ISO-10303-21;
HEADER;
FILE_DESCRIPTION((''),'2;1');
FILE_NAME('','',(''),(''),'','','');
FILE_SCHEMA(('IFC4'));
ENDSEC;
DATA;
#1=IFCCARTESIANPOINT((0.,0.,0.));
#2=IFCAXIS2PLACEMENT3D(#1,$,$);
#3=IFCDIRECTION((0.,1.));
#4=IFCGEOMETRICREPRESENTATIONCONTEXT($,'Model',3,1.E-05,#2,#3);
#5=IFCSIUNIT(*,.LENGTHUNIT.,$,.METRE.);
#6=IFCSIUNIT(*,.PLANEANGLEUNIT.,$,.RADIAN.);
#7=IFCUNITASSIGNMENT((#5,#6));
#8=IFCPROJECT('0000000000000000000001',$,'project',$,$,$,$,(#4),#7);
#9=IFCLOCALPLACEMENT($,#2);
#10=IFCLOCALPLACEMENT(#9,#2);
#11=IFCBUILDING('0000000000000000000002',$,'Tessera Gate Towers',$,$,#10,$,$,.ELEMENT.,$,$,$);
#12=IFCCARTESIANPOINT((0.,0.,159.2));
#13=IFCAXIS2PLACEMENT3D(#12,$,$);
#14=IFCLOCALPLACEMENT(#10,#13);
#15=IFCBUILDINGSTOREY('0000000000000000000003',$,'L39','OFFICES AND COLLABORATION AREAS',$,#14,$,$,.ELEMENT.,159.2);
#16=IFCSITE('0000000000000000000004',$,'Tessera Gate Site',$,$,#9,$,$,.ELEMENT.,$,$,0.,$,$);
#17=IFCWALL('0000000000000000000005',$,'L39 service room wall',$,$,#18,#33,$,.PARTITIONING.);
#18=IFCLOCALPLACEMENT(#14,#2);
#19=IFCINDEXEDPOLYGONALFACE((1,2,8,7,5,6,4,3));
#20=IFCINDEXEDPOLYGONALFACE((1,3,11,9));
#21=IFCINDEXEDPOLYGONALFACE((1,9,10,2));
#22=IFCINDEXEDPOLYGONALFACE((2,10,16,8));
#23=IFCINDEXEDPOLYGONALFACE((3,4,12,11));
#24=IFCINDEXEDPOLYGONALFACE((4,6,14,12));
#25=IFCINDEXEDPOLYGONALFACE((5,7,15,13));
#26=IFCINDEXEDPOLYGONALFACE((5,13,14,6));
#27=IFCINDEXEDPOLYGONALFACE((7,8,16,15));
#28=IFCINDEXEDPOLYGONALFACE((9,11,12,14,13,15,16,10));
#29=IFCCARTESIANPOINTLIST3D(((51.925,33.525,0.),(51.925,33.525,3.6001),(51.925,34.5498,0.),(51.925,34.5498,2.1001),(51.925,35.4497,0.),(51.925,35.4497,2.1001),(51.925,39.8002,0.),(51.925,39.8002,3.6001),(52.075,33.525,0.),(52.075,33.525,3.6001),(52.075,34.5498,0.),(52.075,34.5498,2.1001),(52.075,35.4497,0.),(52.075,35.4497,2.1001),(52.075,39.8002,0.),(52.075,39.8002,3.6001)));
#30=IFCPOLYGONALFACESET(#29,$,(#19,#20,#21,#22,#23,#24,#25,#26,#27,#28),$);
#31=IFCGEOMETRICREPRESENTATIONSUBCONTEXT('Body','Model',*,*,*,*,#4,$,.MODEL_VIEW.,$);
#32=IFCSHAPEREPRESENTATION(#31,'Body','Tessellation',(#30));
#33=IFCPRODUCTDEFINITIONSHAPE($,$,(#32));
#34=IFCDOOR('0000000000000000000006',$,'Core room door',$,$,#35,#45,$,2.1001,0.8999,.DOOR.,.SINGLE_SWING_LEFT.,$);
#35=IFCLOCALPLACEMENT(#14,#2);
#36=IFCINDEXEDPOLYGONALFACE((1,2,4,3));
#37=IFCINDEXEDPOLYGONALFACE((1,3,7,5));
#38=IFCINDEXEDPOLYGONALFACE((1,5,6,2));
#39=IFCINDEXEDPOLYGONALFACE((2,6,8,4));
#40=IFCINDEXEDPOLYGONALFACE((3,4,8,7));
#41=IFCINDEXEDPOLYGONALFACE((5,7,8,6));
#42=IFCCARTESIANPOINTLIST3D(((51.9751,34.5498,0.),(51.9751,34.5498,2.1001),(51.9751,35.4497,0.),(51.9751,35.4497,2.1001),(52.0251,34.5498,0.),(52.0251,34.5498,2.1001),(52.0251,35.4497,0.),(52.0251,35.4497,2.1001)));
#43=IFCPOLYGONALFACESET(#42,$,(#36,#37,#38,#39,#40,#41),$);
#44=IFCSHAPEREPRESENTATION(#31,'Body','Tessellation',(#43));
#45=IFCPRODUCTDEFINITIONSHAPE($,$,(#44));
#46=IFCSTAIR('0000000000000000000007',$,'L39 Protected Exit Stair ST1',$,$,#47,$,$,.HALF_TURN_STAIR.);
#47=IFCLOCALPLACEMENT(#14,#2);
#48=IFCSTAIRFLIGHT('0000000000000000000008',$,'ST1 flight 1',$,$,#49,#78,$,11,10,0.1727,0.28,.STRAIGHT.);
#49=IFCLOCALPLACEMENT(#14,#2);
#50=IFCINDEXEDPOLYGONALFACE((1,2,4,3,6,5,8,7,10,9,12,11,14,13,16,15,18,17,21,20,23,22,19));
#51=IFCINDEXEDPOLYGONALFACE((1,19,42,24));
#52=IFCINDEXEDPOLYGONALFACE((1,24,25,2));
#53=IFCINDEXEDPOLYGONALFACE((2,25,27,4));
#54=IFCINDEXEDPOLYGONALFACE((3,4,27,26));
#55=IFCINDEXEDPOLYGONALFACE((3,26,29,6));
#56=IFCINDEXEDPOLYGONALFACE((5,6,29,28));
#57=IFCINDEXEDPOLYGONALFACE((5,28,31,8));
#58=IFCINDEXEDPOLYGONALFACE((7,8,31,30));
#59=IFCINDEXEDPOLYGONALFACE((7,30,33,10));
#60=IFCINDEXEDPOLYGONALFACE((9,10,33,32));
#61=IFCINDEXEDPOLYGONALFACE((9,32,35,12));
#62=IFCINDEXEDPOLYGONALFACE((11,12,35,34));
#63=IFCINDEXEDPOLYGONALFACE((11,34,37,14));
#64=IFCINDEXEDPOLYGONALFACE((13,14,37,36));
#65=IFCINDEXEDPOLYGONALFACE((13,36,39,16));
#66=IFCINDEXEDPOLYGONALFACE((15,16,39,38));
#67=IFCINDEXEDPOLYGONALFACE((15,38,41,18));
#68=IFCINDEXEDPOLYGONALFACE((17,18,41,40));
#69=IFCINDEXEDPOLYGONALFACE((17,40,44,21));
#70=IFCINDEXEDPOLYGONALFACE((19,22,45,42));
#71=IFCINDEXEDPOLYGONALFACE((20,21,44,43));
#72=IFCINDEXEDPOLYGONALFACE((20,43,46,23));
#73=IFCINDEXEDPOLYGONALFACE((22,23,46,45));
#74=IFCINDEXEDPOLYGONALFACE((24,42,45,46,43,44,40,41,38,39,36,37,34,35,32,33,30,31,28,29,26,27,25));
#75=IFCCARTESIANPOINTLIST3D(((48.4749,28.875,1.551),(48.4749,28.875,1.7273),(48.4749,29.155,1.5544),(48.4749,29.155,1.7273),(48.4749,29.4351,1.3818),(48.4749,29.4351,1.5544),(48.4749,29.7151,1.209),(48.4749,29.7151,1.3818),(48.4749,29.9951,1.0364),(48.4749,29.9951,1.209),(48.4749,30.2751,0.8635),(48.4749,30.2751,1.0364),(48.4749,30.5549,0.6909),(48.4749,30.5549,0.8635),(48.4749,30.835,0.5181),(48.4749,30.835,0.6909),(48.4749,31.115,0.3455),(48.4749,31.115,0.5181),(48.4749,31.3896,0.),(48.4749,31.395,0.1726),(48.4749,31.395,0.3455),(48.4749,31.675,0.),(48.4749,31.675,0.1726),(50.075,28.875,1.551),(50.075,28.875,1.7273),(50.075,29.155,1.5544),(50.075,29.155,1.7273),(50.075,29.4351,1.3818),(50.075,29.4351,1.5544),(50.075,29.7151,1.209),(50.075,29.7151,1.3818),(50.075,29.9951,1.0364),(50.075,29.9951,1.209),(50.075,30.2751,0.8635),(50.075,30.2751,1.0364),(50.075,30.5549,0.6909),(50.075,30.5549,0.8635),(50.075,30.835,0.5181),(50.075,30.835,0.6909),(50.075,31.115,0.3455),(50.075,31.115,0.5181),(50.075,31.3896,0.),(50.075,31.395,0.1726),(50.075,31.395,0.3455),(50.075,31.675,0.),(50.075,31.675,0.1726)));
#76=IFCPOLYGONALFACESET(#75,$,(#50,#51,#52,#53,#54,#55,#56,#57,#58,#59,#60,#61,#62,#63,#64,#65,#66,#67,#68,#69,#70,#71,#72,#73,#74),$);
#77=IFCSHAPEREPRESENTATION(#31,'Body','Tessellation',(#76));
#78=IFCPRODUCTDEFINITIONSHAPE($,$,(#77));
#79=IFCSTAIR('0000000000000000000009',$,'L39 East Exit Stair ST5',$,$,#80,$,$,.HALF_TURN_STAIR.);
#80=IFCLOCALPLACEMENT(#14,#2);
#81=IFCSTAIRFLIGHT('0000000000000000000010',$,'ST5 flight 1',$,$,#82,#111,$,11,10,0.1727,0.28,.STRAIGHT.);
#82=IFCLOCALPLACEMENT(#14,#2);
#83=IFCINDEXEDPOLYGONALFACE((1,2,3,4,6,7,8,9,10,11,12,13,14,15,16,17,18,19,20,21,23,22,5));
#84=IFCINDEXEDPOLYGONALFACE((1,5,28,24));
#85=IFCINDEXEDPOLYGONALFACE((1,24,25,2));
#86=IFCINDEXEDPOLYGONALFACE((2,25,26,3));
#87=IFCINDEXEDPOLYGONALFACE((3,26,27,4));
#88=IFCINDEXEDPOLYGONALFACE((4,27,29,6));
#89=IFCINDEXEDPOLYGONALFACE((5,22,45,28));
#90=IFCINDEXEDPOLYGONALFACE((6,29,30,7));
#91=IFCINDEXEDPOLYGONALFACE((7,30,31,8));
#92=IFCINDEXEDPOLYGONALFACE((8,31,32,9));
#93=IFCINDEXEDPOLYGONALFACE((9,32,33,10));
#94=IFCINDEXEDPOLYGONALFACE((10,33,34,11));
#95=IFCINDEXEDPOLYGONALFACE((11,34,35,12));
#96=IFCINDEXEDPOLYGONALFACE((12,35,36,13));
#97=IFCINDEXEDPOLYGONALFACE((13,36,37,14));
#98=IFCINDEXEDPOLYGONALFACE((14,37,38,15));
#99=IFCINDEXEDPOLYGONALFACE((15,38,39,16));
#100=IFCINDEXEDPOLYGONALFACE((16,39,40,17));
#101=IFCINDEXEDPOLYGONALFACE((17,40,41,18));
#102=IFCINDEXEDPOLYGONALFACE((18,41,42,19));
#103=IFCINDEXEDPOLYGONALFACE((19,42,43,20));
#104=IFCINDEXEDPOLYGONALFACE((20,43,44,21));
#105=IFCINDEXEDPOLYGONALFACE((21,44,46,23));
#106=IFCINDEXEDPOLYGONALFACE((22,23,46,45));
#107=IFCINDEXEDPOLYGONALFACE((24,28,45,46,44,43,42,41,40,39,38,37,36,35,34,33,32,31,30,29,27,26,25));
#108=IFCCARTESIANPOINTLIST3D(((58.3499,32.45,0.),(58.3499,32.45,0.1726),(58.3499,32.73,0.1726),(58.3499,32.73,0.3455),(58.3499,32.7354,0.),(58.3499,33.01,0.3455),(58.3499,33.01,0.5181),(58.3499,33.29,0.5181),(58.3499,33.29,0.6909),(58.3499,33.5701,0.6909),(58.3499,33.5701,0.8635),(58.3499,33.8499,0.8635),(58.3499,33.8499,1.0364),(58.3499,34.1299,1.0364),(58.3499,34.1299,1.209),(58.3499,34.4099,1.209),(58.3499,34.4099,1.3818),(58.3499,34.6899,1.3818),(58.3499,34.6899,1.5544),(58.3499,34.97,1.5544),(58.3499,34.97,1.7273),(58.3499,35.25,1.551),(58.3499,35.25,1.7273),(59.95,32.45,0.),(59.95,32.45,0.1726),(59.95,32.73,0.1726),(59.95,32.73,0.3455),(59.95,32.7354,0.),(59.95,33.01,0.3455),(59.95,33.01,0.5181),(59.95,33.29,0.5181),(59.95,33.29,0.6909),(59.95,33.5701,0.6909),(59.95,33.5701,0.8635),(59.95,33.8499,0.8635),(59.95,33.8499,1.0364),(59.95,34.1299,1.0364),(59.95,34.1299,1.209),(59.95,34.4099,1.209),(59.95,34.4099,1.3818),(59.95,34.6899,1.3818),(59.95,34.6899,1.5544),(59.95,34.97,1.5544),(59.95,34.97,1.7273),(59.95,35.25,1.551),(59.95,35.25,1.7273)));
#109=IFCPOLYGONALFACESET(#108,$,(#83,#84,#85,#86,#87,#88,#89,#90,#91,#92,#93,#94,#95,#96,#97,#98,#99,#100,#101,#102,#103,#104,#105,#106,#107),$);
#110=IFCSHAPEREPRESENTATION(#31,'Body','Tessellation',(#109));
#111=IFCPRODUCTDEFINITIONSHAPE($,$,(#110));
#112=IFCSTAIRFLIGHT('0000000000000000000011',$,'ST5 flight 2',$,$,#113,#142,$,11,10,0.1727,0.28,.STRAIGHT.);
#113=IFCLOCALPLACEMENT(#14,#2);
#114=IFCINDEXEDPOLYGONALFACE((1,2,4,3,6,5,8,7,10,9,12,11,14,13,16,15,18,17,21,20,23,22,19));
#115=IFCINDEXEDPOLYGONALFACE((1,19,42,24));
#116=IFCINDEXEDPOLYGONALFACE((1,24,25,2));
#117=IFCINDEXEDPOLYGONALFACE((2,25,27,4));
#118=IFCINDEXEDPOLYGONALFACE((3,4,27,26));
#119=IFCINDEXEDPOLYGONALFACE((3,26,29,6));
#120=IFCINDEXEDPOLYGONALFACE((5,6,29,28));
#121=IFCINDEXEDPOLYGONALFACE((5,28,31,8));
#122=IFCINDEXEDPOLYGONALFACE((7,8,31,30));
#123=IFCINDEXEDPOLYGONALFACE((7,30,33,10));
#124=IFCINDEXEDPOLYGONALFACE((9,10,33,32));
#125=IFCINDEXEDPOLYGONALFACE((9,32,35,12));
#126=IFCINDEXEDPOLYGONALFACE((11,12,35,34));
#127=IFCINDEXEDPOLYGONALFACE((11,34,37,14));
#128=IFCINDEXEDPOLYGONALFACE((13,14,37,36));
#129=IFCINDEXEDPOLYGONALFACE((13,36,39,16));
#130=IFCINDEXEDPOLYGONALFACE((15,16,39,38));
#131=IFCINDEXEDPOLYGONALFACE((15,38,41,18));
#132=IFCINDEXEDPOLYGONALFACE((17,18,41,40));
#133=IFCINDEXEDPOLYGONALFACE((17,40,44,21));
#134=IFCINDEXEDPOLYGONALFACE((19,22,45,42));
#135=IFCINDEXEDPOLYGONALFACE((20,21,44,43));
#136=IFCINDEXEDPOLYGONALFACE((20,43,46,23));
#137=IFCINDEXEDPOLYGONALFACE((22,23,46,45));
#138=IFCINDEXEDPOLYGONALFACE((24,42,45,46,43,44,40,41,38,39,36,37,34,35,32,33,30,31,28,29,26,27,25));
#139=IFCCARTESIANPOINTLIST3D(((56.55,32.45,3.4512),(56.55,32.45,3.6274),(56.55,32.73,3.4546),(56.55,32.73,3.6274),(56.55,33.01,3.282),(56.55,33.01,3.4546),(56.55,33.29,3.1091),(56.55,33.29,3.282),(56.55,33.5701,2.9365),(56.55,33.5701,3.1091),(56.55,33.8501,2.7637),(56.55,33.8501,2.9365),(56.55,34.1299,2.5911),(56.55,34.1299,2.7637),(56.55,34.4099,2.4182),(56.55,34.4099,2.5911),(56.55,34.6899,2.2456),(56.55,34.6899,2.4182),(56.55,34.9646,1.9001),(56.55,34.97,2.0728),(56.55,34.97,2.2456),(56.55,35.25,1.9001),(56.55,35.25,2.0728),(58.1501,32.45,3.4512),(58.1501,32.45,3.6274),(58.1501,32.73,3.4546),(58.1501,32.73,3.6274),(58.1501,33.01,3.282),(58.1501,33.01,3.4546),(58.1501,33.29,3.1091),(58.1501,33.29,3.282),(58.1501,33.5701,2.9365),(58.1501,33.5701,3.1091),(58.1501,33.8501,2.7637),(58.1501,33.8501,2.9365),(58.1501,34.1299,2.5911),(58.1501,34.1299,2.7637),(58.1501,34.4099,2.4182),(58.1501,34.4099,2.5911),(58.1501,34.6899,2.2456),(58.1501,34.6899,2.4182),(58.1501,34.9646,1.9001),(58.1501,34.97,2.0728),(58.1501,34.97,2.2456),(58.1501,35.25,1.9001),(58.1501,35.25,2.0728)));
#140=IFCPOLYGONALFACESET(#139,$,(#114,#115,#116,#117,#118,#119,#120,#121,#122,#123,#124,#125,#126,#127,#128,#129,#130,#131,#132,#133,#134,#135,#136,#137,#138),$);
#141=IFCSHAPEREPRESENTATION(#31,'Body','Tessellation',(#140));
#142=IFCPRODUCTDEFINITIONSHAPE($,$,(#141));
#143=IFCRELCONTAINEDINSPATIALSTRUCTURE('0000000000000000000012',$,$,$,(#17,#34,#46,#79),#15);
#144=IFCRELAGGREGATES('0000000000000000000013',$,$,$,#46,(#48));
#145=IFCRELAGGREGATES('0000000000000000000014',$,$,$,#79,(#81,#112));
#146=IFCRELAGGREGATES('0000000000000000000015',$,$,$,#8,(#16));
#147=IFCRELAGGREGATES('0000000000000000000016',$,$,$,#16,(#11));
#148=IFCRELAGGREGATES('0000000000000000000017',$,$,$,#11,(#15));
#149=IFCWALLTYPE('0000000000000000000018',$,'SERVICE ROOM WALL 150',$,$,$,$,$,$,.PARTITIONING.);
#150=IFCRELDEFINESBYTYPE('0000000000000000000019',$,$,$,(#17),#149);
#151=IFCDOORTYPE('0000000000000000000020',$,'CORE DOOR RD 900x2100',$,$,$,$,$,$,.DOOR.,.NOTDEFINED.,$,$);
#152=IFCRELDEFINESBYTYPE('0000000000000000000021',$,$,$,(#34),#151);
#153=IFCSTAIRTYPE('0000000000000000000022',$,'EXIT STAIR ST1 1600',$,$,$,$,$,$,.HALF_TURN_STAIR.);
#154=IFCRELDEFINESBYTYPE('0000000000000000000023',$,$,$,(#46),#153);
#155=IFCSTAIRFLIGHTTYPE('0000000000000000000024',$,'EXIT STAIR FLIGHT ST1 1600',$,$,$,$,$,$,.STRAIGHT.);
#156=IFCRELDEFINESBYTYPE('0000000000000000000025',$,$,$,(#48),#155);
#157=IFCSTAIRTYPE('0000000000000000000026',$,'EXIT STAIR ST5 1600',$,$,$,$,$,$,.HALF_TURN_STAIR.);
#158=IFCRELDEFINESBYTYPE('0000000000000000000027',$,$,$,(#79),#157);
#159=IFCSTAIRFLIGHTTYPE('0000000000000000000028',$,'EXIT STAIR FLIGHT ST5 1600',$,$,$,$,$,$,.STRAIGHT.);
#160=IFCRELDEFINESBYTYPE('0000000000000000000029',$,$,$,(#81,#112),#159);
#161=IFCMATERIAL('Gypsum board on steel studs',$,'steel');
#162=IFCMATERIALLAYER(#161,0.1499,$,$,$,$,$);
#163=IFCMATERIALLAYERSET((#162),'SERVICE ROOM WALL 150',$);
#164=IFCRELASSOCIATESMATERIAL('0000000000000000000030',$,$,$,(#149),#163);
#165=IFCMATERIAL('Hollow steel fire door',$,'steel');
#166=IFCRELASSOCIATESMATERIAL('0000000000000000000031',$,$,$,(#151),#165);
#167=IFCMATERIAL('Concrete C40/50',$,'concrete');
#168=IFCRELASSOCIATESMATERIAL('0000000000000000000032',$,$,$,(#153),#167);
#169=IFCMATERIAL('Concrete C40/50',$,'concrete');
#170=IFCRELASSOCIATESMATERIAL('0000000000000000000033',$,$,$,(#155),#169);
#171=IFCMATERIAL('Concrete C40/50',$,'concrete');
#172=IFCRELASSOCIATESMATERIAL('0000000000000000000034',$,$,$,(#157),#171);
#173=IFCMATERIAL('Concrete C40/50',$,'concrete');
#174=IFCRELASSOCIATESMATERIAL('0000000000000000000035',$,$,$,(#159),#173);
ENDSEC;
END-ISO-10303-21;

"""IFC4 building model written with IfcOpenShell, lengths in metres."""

from ifc_helpers import new_model, si_unit, direction, frame, frame_2d, origin, place, context, subcontext, project, spatial, polyline, rectangle, outline, extrude, source, transform, mapped, material, layer, layer_set, type_object, element, fill, aggregate, save


model = new_model("IFC4")

# Units and contexts
model_context = context("Model", 3, precision=1e-05, world=origin(), true_north=direction((0.0, 1.0)))
body_context = subcontext(model_context, "Body", "Model", "MODEL_VIEW")
ifc_project = project(units=[si_unit("LENGTHUNIT", "METRE"), si_unit("PLANEANGLEUNIT", "RADIAN")], contexts=[model_context])

# Site, building, storey
site_placement = place(None, origin())
site = spatial("IfcSite", under=ifc_project, at=site_placement, Name="Tessera Gate Site", CompositionType="ELEMENT", RefElevation=0.0)
building_placement = place(site_placement, origin())
building = spatial("IfcBuilding", under=site, at=building_placement, Name="Tessera Gate Towers", CompositionType="ELEMENT")
storey_placement = place(building_placement, frame((0.0, 0.0, 159.2)))
storey = spatial("IfcBuildingStorey", under=building, at=storey_placement, Name="L39", Description="OFFICES AND COLLABORATION AREAS", CompositionType="ELEMENT", Elevation=159.2)

# Wall, opening, door
shared_shape_1 = source(origin(), body_context, "Body", "SweptSolid", [
    extrude(rectangle(XDim=0.8999, YDim=2.1001, at=frame_2d((0.45, 1.05))), frame((0.0, 0.085, 0.0), z_axis=(0.0, -1.0, 0.0), x_axis=(1.0, 0.0, 0.0)), (0.0, 0.0, 1.0), 0.1699),
])
shared_shape_2 = source(origin(), body_context, "Body", "SweptSolid", [
    extrude(rectangle(XDim=0.8999, YDim=2.1001, at=frame_2d((0.45, 1.05))), frame((0.0, 0.0249, 0.0), z_axis=(0.0, -1.0, 0.0), x_axis=(1.0, 0.0, 0.0)), (0.0, 0.0, 1.0), 0.05),
])
ifc_material_1 = material(Name="Gypsum board on steel studs", Category="steel")
ifc_layer_1 = layer(ifc_material_1, 0.1499)
ifc_layer_set_1 = layer_set([ifc_layer_1], Name="SERVICE ROOM WALL 150")
wall_type_1 = type_object("IfcWallType", Name="SERVICE ROOM WALL 150", PredefinedType="PARTITIONING", material=ifc_layer_set_1)
wall_1_placement = place(storey_placement, frame((52.0, 33.5249, 0.0), z_axis=(0.0, 0.0, 1.0), x_axis=(0.0, 1.0, 0.0)))
wall_1 = element("IfcWall", 1, at=wall_1_placement, inside=storey, type_object=wall_type_1, Name="L39 service room wall", PredefinedType="PARTITIONING", context=body_context, shape_type="SweptSolid", body=[
    extrude(rectangle(XDim=6.2751, YDim=0.1499, at=frame_2d((3.1377, 0.0))), origin(), (0.0, 0.0, 1.0), 3.6001),
])
opening_1_placement = place(wall_1_placement, frame((1.0249, 0.0, 0.0)))
opening_1 = element("IfcOpeningElement", 2, at=opening_1_placement, cuts=wall_1, PredefinedType="OPENING", context=body_context, shape_type="MappedRepresentation", body=[
    mapped(shared_shape_1, transform((0.0, 0.0, 0.0), scale=1.0)),
])
ifc_material_2 = material(Name="Hollow steel fire door", Category="steel")
door_type_1 = type_object("IfcDoorType", Name="CORE DOOR RD 900x2100", OperationType="NOTDEFINED", PredefinedType="DOOR", material=ifc_material_2)
door_1_placement = place(opening_1_placement, origin())
door_1 = element("IfcDoor", 3, at=door_1_placement, inside=storey, type_object=door_type_1, Name="Core room door", OperationType="SINGLE_SWING_LEFT", OverallHeight=2.1001, OverallWidth=0.8999, PredefinedType="DOOR", context=body_context, shape_type="MappedRepresentation", body=[
    mapped(shared_shape_2, transform((0.0, 0.0, 0.0), scale=1.0)),
])
fill(opening_1, door_1)

# Stair, stair flight
ifc_material_3 = material(Name="Concrete C40/50", Category="concrete")
stair_type_1 = type_object("IfcStairType", Name="EXIT STAIR ST1 1600", PredefinedType="HALF_TURN_STAIR", material=ifc_material_3)
stair_1_placement = place(storey_placement, origin())
stair_1 = element("IfcStair", 4, at=stair_1_placement, inside=storey, type_object=stair_type_1, Name="L39 Protected Exit Stair ST1", PredefinedType="HALF_TURN_STAIR")
ifc_material_4 = material(Name="Concrete C40/50", Category="concrete")
stair_flight_type_1 = type_object("IfcStairFlightType", Name="EXIT STAIR FLIGHT ST1 1600", PredefinedType="STRAIGHT", material=ifc_material_4)
stair_flight_1_placement = place(storey_placement, frame((49.2749, 31.675, 0.0), z_axis=(0.0, 0.0, 1.0), x_axis=(0.0, -1.0, 0.0)))
stair_flight_1 = element("IfcStairFlight", 5, at=stair_flight_1_placement, type_object=stair_flight_type_1, Name="ST1 flight 1", NumberOfRisers=11, NumberOfTreads=10, PredefinedType="STRAIGHT", RiserHeight=0.1727, TreadLength=0.28, context=body_context, shape_type="SweptSolid", body=[
    extrude(outline(polyline([(0.0, 0.0), (0.0, 0.1726), (0.28, 0.1726), (0.28, 0.3455), (0.5601, 0.3455), (0.5601, 0.5181), (0.8401, 0.5181), (0.8401, 0.6909), (1.1201, 0.6909), (1.1201, 0.8635), (1.3999, 0.8635), (1.3999, 1.0364), (1.6799, 1.0364), (1.6799, 1.209), (1.96, 1.209), (1.96, 1.3818), (2.24, 1.3818), (2.24, 1.5544), (2.52, 1.5544), (2.52, 1.7273), (2.8, 1.7273), (2.8, 1.8999), (2.8, 1.551), (0.2854, 0.0), (0.0, 0.0)])), frame((0.0, 0.8, 0.0), z_axis=(0.0, -1.0, 0.0), x_axis=(1.0, 0.0, 0.0)), (0.0, 0.0, 1.0), 1.6001),
])
aggregate(stair_1, [stair_flight_1])

# Stair, stair flights
ifc_material_5 = material(Name="Concrete C40/50", Category="concrete")
stair_type_2 = type_object("IfcStairType", Name="EXIT STAIR ST5 1600", PredefinedType="HALF_TURN_STAIR", material=ifc_material_5)
stair_2_placement = place(storey_placement, origin())
stair_2 = element("IfcStair", 6, at=stair_2_placement, inside=storey, type_object=stair_type_2, Name="L39 East Exit Stair ST5", PredefinedType="HALF_TURN_STAIR")
ifc_material_6 = material(Name="Concrete C40/50", Category="concrete")
stair_flight_type_2 = type_object("IfcStairFlightType", Name="EXIT STAIR FLIGHT ST5 1600", PredefinedType="STRAIGHT", material=ifc_material_6)
stair_flight_2_placement = place(storey_placement, frame((59.1499, 32.45, 0.0), z_axis=(0.0, 0.0, 1.0), x_axis=(0.0, 1.0, 0.0)))
stair_flight_2 = element("IfcStairFlight", 7, at=stair_flight_2_placement, type_object=stair_flight_type_2, Name="ST5 flight 1", NumberOfRisers=11, NumberOfTreads=10, PredefinedType="STRAIGHT", RiserHeight=0.1727, TreadLength=0.28, context=body_context, shape_type="SweptSolid", body=[
    extrude(outline(polyline([(0.0, 0.0), (0.0, 0.1726), (0.28, 0.1726), (0.28, 0.3455), (0.5601, 0.3455), (0.5601, 0.5181), (0.8401, 0.5181), (0.8401, 0.6909), (1.1201, 0.6909), (1.1201, 0.8635), (1.3999, 0.8635), (1.3999, 1.0364), (1.6799, 1.0364), (1.6799, 1.209), (1.96, 1.209), (1.96, 1.3818), (2.24, 1.3818), (2.24, 1.5544), (2.52, 1.5544), (2.52, 1.7273), (2.8, 1.7273), (2.8, 1.8999), (2.8, 1.551), (0.2854, 0.0), (0.0, 0.0)])), frame((0.0, 0.8, 0.0), z_axis=(0.0, -1.0, 0.0), x_axis=(1.0, 0.0, 0.0)), (0.0, 0.0, 1.0), 1.6001),
])
stair_flight_3_placement = place(storey_placement, frame((57.3501, 35.25, 1.9001), z_axis=(0.0, 0.0, 1.0), x_axis=(0.0, -1.0, 0.0)))
stair_flight_3 = element("IfcStairFlight", 8, at=stair_flight_3_placement, type_object=stair_flight_type_2, Name="ST5 flight 2", NumberOfRisers=11, NumberOfTreads=10, PredefinedType="STRAIGHT", RiserHeight=0.1727, TreadLength=0.28, context=body_context, shape_type="SweptSolid", body=[
    extrude(outline(polyline([(0.0, 0.0), (0.0, 0.1726), (0.28, 0.1726), (0.28, 0.3455), (0.5601, 0.3455), (0.5601, 0.5181), (0.8401, 0.5181), (0.8401, 0.6909), (1.1201, 0.6909), (1.1201, 0.8635), (1.3999, 0.8635), (1.3999, 1.0364), (1.6799, 1.0364), (1.6799, 1.209), (1.96, 1.209), (1.96, 1.3818), (2.24, 1.3818), (2.24, 1.5544), (2.52, 1.5544), (2.52, 1.7273), (2.8, 1.7273), (2.8, 1.8999), (2.8, 1.551), (0.2854, 0.0), (0.0, 0.0)])), frame((0.0, 0.8, 0.0), z_axis=(0.0, -1.0, 0.0), x_axis=(1.0, 0.0, 0.0)), (0.0, 0.0, 1.0), 1.6001),
])
aggregate(stair_2, [stair_flight_2, stair_flight_3])

save(model, "model.ifc")
